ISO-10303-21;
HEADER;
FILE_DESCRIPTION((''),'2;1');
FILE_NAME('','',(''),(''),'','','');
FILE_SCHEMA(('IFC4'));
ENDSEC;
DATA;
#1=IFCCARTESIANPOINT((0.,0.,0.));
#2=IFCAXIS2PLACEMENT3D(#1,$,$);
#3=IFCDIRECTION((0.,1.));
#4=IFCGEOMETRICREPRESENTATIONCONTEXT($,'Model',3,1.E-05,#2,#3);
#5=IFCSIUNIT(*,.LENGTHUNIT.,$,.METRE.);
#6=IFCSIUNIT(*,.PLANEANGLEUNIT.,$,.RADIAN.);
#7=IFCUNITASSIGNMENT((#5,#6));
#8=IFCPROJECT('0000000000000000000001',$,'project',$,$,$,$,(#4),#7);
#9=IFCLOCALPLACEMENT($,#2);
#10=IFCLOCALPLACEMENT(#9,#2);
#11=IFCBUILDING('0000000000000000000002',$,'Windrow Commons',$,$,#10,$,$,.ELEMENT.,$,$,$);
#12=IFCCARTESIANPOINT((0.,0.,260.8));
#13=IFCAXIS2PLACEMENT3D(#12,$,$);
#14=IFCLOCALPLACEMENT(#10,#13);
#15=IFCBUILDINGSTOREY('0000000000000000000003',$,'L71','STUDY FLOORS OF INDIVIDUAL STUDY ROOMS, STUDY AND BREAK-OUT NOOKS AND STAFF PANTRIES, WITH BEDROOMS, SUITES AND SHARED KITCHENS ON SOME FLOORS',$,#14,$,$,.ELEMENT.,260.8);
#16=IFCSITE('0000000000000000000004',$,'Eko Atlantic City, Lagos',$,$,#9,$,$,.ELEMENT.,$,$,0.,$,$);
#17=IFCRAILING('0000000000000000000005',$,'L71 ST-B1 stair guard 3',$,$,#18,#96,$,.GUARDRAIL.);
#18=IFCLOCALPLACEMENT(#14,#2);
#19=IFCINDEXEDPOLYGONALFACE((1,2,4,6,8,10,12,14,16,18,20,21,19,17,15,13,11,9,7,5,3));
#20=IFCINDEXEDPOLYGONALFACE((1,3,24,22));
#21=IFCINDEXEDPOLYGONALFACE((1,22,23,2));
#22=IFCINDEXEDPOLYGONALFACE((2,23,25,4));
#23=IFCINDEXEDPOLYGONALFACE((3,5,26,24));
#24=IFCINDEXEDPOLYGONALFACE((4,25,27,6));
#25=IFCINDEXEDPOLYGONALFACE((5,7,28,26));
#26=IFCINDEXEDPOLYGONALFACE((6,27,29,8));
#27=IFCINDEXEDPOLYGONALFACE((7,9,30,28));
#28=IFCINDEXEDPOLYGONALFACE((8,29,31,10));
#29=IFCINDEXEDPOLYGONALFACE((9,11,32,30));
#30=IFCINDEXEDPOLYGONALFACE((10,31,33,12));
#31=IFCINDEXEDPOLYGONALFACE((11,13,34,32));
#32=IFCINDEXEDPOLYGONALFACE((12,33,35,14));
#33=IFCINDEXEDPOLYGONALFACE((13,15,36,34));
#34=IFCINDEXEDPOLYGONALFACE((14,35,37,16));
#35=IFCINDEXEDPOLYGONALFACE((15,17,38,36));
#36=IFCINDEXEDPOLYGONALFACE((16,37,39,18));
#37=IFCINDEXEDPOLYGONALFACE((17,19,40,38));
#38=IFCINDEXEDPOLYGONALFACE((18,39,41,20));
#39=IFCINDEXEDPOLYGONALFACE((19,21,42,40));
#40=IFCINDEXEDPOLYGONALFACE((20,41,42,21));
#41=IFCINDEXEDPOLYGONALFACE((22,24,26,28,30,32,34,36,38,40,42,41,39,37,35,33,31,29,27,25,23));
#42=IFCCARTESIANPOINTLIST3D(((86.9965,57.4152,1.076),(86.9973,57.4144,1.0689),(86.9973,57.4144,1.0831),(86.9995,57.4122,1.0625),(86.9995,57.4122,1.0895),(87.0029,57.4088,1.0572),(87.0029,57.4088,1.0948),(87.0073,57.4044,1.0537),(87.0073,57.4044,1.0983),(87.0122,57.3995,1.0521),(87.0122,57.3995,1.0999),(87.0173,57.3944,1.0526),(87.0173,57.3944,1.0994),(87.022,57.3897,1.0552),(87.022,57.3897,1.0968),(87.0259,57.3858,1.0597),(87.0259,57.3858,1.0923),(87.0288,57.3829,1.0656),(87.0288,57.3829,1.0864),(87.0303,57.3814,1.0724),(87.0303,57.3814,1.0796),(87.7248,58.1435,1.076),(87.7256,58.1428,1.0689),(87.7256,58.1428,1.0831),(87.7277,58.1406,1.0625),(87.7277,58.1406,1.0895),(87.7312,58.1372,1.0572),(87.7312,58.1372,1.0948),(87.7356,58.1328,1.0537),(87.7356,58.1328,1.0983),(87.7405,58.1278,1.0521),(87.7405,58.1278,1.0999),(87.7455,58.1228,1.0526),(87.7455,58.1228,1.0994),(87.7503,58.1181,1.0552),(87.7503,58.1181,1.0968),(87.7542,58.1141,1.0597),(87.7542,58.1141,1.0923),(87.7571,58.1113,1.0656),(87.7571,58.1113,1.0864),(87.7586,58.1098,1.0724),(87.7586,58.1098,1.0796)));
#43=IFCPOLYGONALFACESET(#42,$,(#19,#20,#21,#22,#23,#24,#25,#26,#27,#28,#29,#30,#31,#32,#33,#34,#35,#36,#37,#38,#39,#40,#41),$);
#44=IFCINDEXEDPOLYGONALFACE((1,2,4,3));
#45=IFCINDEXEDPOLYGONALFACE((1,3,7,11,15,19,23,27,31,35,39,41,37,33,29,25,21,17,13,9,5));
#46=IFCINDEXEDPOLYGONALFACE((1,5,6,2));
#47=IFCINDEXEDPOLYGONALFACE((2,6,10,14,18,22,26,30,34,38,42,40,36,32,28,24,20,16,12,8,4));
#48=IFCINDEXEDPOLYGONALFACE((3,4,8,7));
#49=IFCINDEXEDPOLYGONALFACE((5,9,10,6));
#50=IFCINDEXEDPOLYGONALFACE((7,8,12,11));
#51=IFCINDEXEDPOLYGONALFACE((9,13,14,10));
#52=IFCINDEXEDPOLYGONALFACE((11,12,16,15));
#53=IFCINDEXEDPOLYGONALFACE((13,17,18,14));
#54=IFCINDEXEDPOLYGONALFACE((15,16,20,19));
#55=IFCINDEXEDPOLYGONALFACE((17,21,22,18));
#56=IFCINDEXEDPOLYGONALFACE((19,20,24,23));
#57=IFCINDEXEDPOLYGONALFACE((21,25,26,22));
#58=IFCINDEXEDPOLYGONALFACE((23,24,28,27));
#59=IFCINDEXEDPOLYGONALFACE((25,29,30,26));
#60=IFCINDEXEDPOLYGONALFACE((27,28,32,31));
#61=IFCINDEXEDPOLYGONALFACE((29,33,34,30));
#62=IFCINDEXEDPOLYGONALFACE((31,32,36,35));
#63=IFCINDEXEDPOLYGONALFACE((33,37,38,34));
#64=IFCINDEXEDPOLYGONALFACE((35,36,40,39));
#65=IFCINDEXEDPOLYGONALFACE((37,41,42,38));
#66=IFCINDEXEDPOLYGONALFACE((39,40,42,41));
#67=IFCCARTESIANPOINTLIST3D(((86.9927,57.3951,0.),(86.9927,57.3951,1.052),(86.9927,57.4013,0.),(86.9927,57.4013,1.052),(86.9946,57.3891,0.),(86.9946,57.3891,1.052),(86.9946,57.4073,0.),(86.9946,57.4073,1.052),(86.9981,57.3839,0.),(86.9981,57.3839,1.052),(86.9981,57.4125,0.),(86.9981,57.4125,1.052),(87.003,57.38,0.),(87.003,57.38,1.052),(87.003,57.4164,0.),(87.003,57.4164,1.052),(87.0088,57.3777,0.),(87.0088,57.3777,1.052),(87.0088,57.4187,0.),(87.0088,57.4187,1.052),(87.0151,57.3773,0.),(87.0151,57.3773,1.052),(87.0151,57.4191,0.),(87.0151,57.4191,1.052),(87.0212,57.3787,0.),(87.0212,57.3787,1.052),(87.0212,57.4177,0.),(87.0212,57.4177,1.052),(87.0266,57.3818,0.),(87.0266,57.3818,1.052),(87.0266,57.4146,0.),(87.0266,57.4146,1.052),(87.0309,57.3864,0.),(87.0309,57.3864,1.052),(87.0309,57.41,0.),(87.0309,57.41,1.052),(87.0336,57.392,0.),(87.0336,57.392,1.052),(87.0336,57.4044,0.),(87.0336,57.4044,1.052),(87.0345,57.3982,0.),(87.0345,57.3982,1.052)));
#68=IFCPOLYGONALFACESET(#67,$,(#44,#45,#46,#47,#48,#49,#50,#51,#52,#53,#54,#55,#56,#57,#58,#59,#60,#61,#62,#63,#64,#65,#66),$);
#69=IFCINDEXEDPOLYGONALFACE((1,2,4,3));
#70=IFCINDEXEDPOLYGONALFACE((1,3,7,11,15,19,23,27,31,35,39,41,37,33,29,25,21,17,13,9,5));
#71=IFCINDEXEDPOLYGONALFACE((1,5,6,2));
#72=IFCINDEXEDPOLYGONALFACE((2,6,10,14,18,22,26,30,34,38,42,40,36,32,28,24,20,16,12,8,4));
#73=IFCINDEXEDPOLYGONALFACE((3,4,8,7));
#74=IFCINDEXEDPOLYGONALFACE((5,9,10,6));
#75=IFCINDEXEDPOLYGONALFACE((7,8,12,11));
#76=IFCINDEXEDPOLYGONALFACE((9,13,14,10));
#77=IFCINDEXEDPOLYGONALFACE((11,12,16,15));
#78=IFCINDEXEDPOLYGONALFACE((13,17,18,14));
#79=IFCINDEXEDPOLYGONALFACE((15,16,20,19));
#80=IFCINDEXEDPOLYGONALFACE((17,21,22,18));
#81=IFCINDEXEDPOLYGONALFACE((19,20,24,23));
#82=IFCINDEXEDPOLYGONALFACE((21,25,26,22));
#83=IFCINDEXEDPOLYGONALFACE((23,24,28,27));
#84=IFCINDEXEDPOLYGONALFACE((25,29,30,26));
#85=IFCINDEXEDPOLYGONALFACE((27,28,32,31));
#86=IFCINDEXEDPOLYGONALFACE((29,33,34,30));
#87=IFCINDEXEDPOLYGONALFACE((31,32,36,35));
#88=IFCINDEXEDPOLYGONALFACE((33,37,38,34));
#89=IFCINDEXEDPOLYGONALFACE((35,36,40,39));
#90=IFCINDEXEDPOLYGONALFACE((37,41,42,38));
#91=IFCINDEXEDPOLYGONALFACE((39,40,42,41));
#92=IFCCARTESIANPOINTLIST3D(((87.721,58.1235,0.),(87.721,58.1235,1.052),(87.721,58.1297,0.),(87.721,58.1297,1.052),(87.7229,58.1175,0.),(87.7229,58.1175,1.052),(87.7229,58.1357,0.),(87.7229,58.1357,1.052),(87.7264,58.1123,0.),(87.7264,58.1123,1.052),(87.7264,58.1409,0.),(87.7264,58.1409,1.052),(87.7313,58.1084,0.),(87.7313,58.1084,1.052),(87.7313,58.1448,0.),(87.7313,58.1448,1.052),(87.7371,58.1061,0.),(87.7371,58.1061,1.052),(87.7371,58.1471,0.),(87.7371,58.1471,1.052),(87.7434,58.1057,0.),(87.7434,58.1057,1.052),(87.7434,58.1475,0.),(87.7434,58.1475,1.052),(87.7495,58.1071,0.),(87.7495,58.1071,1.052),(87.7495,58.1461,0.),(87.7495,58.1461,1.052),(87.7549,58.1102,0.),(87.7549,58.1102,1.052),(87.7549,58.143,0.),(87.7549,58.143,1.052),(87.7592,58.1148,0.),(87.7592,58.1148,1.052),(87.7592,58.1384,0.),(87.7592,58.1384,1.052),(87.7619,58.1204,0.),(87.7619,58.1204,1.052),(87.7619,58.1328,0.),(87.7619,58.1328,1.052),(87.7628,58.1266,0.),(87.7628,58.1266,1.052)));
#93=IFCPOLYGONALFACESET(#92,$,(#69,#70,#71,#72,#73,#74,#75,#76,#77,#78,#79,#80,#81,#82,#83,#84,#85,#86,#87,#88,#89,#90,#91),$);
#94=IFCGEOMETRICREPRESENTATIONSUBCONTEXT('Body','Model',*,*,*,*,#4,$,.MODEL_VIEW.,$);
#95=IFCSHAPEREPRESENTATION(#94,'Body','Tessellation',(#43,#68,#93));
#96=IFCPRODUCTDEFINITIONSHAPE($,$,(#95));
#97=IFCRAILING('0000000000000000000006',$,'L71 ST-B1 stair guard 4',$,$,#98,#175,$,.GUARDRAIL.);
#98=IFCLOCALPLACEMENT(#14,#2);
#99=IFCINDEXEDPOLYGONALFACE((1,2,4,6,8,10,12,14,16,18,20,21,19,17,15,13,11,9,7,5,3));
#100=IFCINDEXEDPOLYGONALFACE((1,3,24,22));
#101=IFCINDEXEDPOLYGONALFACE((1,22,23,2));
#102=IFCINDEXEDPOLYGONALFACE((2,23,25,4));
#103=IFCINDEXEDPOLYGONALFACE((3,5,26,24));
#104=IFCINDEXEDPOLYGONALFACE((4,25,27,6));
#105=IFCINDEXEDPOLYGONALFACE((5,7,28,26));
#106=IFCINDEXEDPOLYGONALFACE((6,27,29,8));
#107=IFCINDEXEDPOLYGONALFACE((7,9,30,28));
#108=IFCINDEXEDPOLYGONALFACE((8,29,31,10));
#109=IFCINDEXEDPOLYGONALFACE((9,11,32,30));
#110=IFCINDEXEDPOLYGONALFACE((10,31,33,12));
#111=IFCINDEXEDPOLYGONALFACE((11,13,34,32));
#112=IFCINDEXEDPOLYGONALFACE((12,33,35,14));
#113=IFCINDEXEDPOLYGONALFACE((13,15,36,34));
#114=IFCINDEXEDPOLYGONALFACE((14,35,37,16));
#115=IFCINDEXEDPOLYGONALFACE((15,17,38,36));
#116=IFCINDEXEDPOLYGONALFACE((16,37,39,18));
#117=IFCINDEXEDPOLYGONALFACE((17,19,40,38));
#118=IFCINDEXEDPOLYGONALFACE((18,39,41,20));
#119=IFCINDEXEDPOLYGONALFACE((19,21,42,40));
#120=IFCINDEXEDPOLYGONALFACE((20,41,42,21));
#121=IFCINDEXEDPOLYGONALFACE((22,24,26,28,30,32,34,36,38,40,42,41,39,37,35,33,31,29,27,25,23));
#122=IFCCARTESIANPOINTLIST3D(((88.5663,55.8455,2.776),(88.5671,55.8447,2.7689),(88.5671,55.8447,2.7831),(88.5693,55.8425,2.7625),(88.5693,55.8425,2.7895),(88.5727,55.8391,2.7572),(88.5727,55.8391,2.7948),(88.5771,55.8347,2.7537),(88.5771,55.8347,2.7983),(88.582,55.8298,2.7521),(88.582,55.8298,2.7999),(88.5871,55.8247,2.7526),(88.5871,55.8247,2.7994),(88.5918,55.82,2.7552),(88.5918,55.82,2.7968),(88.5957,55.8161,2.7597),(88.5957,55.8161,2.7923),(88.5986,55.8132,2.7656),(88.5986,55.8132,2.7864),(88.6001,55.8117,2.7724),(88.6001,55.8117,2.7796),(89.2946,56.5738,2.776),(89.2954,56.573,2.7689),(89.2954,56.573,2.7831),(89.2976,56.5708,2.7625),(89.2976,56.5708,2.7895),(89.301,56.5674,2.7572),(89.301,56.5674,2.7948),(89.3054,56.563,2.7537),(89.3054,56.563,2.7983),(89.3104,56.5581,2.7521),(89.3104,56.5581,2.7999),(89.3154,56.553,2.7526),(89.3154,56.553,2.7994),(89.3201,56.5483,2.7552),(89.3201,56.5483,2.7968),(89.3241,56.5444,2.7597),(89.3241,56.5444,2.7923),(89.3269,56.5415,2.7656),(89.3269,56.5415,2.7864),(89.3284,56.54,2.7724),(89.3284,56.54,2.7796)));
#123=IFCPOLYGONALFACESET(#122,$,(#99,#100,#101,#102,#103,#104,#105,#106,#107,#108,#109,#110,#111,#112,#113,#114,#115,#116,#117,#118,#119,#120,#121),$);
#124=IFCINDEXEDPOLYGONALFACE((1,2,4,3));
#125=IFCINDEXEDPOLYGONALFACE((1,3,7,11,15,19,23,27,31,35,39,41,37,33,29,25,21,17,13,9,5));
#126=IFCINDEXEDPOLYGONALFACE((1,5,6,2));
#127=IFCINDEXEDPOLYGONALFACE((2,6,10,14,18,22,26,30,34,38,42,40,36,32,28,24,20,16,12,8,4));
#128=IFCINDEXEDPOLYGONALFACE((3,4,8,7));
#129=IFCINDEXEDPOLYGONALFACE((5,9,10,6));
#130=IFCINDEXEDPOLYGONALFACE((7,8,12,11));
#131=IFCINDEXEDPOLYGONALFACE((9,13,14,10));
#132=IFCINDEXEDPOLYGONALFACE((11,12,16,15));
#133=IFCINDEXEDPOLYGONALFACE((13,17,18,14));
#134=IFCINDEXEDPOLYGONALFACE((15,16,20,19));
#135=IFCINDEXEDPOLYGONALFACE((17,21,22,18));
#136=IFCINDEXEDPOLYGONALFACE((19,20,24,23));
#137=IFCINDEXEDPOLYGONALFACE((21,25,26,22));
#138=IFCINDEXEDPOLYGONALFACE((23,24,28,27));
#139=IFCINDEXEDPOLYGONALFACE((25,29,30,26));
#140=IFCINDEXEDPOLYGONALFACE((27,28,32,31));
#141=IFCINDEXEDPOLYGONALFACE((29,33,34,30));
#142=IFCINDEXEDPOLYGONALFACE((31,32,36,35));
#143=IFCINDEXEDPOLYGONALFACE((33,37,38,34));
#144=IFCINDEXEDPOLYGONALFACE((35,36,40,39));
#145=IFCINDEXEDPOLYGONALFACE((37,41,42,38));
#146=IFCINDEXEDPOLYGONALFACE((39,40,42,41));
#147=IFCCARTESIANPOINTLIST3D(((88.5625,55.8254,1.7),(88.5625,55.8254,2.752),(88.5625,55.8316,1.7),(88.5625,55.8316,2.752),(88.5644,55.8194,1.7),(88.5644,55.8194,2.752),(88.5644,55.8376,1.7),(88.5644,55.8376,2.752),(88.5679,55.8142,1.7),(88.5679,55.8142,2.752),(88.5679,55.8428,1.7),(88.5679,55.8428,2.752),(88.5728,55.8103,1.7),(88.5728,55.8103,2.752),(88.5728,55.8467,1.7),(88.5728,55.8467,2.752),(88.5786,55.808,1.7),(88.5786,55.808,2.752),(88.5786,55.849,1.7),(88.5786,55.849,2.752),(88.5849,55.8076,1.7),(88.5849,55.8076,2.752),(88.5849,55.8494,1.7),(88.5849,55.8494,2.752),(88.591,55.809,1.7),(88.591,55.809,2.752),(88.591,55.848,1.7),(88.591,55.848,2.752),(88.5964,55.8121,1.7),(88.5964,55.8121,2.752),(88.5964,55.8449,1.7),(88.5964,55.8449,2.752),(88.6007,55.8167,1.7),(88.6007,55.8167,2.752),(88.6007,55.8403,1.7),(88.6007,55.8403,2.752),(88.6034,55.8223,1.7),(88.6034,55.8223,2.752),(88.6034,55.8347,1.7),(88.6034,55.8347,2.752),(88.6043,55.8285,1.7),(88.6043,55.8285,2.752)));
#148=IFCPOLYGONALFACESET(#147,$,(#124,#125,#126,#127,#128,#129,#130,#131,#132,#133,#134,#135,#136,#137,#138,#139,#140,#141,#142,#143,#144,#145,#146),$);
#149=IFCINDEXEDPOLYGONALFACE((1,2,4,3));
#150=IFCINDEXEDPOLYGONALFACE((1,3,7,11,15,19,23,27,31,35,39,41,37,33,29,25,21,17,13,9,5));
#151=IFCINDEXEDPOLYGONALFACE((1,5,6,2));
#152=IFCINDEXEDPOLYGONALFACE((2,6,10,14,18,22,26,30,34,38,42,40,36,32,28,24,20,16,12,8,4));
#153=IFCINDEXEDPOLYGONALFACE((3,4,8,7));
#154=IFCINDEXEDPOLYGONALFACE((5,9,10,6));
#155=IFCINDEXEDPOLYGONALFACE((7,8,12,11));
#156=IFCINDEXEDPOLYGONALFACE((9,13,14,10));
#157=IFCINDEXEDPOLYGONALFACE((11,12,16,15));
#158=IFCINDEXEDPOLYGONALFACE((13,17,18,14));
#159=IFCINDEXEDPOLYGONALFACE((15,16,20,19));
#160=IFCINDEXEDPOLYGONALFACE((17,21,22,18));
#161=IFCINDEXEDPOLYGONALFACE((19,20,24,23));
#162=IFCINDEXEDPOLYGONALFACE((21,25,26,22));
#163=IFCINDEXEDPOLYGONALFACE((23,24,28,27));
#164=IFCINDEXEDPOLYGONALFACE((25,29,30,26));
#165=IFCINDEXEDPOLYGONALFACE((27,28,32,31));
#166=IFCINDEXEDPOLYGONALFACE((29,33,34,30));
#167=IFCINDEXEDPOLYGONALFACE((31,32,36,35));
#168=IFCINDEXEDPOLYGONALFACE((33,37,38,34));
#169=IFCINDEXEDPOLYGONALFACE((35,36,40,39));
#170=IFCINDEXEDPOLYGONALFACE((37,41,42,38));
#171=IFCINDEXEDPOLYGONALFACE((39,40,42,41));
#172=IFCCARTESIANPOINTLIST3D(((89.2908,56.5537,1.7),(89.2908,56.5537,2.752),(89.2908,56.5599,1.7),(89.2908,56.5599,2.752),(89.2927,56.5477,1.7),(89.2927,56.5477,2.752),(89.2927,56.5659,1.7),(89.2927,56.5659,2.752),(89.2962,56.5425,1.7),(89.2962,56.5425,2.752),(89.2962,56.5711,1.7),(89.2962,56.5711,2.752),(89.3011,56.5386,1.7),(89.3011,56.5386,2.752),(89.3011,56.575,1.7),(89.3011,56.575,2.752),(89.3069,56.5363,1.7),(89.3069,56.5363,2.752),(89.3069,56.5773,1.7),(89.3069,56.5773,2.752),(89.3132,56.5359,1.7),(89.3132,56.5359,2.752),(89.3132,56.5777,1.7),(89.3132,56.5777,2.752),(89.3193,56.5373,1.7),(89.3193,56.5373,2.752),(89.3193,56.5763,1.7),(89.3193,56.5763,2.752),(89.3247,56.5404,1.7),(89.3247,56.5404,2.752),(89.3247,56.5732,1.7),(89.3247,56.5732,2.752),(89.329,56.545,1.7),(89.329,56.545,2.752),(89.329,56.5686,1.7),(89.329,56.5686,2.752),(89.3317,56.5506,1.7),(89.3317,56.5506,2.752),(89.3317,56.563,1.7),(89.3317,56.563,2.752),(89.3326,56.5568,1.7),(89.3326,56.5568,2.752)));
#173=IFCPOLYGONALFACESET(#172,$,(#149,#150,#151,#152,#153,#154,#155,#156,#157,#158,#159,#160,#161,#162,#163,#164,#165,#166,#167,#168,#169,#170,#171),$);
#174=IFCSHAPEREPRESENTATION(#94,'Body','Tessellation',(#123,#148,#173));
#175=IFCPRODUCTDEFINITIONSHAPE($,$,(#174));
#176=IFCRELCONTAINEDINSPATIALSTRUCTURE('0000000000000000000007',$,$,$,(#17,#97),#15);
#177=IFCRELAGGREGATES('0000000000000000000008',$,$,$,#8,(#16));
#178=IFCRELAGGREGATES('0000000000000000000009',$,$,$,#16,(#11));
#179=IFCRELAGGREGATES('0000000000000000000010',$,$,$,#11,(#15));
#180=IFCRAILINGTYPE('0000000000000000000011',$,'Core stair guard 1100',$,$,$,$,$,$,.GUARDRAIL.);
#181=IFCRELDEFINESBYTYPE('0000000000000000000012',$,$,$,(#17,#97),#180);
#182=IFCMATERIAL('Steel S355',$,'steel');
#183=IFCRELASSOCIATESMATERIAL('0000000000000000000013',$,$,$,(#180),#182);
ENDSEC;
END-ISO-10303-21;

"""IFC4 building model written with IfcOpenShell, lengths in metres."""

from ifc_helpers import new_model, si_unit, direction, frame, origin, origin_2d, place, context, subcontext, project, spatial, circle, extrude, material, type_object, element, save


model = new_model("IFC4")

# Units and contexts
model_context = context("Model", 3, precision=1e-05, world=origin(), true_north=direction((0.0, 1.0)))
body_context = subcontext(model_context, "Body", "Model", "MODEL_VIEW")
ifc_project = project(units=[si_unit("LENGTHUNIT", "METRE"), si_unit("PLANEANGLEUNIT", "RADIAN")], contexts=[model_context])

# Site, building, storey
site_placement = place(None, origin())
site = spatial("IfcSite", under=ifc_project, at=site_placement, Name="Eko Atlantic City, Lagos", CompositionType="ELEMENT", RefElevation=0.0)
building_placement = place(site_placement, origin())
building = spatial("IfcBuilding", under=site, at=building_placement, Name="Windrow Commons", CompositionType="ELEMENT")
storey_placement = place(building_placement, frame((0.0, 0.0, 260.8)))
storey = spatial("IfcBuildingStorey", under=building, at=storey_placement, Name="L71", Description="STUDY FLOORS OF INDIVIDUAL STUDY ROOMS, STUDY AND BREAK-OUT NOOKS AND STAFF PANTRIES, WITH BEDROOMS, SUITES AND SHARED KITCHENS ON SOME FLOORS", CompositionType="ELEMENT", Elevation=260.8)

# Railings
ifc_material_1 = material(Name="Steel S355", Category="steel")
railing_type_1 = type_object("IfcRailingType", Name="Core stair guard 1100", PredefinedType="GUARDRAIL", material=ifc_material_1)
railing_1_placement = place(storey_placement, frame((87.0135, 57.3982, 0.0)))
element("IfcRailing", 1, at=railing_1_placement, inside=storey, type_object=railing_type_1, Name="L71 ST-B1 stair guard 3", PredefinedType="GUARDRAIL", context=body_context, shape_type="SweptSolid", body=[
    extrude(circle(Radius=0.024, at=origin_2d()), frame((0.0, 0.0, 1.076), z_axis=(0.707058, 0.707155, 0.0), x_axis=(-0.707155, 0.707058, 0.0)), (0.0, 0.0, 1.0), 1.03),
    extrude(circle(Radius=0.021, at=origin_2d()), origin(), (0.0, 0.0, 1.0), 1.052),
    extrude(circle(Radius=0.021, at=origin_2d()), frame((0.7283, 0.7284, 0.0)), (0.0, 0.0, 1.0), 1.052),
])
railing_2_placement = place(storey_placement, frame((88.5833, 55.8285, 1.7)))
element("IfcRailing", 2, at=railing_2_placement, inside=storey, type_object=railing_type_1, Name="L71 ST-B1 stair guard 4", PredefinedType="GUARDRAIL", context=body_context, shape_type="SweptSolid", body=[
    extrude(circle(Radius=0.024, at=origin_2d()), frame((0.0, 0.0, 1.076), z_axis=(0.707107, 0.707107, 0.0), x_axis=(-0.707107, 0.707107, 0.0)), (0.0, 0.0, 1.0), 1.03),
    extrude(circle(Radius=0.021, at=origin_2d()), origin(), (0.0, 0.0, 1.0), 1.052),
    extrude(circle(Radius=0.021, at=origin_2d()), frame((0.7283, 0.7283, 0.0)), (0.0, 0.0, 1.0), 1.052),
])

save(model, "model.ifc")
